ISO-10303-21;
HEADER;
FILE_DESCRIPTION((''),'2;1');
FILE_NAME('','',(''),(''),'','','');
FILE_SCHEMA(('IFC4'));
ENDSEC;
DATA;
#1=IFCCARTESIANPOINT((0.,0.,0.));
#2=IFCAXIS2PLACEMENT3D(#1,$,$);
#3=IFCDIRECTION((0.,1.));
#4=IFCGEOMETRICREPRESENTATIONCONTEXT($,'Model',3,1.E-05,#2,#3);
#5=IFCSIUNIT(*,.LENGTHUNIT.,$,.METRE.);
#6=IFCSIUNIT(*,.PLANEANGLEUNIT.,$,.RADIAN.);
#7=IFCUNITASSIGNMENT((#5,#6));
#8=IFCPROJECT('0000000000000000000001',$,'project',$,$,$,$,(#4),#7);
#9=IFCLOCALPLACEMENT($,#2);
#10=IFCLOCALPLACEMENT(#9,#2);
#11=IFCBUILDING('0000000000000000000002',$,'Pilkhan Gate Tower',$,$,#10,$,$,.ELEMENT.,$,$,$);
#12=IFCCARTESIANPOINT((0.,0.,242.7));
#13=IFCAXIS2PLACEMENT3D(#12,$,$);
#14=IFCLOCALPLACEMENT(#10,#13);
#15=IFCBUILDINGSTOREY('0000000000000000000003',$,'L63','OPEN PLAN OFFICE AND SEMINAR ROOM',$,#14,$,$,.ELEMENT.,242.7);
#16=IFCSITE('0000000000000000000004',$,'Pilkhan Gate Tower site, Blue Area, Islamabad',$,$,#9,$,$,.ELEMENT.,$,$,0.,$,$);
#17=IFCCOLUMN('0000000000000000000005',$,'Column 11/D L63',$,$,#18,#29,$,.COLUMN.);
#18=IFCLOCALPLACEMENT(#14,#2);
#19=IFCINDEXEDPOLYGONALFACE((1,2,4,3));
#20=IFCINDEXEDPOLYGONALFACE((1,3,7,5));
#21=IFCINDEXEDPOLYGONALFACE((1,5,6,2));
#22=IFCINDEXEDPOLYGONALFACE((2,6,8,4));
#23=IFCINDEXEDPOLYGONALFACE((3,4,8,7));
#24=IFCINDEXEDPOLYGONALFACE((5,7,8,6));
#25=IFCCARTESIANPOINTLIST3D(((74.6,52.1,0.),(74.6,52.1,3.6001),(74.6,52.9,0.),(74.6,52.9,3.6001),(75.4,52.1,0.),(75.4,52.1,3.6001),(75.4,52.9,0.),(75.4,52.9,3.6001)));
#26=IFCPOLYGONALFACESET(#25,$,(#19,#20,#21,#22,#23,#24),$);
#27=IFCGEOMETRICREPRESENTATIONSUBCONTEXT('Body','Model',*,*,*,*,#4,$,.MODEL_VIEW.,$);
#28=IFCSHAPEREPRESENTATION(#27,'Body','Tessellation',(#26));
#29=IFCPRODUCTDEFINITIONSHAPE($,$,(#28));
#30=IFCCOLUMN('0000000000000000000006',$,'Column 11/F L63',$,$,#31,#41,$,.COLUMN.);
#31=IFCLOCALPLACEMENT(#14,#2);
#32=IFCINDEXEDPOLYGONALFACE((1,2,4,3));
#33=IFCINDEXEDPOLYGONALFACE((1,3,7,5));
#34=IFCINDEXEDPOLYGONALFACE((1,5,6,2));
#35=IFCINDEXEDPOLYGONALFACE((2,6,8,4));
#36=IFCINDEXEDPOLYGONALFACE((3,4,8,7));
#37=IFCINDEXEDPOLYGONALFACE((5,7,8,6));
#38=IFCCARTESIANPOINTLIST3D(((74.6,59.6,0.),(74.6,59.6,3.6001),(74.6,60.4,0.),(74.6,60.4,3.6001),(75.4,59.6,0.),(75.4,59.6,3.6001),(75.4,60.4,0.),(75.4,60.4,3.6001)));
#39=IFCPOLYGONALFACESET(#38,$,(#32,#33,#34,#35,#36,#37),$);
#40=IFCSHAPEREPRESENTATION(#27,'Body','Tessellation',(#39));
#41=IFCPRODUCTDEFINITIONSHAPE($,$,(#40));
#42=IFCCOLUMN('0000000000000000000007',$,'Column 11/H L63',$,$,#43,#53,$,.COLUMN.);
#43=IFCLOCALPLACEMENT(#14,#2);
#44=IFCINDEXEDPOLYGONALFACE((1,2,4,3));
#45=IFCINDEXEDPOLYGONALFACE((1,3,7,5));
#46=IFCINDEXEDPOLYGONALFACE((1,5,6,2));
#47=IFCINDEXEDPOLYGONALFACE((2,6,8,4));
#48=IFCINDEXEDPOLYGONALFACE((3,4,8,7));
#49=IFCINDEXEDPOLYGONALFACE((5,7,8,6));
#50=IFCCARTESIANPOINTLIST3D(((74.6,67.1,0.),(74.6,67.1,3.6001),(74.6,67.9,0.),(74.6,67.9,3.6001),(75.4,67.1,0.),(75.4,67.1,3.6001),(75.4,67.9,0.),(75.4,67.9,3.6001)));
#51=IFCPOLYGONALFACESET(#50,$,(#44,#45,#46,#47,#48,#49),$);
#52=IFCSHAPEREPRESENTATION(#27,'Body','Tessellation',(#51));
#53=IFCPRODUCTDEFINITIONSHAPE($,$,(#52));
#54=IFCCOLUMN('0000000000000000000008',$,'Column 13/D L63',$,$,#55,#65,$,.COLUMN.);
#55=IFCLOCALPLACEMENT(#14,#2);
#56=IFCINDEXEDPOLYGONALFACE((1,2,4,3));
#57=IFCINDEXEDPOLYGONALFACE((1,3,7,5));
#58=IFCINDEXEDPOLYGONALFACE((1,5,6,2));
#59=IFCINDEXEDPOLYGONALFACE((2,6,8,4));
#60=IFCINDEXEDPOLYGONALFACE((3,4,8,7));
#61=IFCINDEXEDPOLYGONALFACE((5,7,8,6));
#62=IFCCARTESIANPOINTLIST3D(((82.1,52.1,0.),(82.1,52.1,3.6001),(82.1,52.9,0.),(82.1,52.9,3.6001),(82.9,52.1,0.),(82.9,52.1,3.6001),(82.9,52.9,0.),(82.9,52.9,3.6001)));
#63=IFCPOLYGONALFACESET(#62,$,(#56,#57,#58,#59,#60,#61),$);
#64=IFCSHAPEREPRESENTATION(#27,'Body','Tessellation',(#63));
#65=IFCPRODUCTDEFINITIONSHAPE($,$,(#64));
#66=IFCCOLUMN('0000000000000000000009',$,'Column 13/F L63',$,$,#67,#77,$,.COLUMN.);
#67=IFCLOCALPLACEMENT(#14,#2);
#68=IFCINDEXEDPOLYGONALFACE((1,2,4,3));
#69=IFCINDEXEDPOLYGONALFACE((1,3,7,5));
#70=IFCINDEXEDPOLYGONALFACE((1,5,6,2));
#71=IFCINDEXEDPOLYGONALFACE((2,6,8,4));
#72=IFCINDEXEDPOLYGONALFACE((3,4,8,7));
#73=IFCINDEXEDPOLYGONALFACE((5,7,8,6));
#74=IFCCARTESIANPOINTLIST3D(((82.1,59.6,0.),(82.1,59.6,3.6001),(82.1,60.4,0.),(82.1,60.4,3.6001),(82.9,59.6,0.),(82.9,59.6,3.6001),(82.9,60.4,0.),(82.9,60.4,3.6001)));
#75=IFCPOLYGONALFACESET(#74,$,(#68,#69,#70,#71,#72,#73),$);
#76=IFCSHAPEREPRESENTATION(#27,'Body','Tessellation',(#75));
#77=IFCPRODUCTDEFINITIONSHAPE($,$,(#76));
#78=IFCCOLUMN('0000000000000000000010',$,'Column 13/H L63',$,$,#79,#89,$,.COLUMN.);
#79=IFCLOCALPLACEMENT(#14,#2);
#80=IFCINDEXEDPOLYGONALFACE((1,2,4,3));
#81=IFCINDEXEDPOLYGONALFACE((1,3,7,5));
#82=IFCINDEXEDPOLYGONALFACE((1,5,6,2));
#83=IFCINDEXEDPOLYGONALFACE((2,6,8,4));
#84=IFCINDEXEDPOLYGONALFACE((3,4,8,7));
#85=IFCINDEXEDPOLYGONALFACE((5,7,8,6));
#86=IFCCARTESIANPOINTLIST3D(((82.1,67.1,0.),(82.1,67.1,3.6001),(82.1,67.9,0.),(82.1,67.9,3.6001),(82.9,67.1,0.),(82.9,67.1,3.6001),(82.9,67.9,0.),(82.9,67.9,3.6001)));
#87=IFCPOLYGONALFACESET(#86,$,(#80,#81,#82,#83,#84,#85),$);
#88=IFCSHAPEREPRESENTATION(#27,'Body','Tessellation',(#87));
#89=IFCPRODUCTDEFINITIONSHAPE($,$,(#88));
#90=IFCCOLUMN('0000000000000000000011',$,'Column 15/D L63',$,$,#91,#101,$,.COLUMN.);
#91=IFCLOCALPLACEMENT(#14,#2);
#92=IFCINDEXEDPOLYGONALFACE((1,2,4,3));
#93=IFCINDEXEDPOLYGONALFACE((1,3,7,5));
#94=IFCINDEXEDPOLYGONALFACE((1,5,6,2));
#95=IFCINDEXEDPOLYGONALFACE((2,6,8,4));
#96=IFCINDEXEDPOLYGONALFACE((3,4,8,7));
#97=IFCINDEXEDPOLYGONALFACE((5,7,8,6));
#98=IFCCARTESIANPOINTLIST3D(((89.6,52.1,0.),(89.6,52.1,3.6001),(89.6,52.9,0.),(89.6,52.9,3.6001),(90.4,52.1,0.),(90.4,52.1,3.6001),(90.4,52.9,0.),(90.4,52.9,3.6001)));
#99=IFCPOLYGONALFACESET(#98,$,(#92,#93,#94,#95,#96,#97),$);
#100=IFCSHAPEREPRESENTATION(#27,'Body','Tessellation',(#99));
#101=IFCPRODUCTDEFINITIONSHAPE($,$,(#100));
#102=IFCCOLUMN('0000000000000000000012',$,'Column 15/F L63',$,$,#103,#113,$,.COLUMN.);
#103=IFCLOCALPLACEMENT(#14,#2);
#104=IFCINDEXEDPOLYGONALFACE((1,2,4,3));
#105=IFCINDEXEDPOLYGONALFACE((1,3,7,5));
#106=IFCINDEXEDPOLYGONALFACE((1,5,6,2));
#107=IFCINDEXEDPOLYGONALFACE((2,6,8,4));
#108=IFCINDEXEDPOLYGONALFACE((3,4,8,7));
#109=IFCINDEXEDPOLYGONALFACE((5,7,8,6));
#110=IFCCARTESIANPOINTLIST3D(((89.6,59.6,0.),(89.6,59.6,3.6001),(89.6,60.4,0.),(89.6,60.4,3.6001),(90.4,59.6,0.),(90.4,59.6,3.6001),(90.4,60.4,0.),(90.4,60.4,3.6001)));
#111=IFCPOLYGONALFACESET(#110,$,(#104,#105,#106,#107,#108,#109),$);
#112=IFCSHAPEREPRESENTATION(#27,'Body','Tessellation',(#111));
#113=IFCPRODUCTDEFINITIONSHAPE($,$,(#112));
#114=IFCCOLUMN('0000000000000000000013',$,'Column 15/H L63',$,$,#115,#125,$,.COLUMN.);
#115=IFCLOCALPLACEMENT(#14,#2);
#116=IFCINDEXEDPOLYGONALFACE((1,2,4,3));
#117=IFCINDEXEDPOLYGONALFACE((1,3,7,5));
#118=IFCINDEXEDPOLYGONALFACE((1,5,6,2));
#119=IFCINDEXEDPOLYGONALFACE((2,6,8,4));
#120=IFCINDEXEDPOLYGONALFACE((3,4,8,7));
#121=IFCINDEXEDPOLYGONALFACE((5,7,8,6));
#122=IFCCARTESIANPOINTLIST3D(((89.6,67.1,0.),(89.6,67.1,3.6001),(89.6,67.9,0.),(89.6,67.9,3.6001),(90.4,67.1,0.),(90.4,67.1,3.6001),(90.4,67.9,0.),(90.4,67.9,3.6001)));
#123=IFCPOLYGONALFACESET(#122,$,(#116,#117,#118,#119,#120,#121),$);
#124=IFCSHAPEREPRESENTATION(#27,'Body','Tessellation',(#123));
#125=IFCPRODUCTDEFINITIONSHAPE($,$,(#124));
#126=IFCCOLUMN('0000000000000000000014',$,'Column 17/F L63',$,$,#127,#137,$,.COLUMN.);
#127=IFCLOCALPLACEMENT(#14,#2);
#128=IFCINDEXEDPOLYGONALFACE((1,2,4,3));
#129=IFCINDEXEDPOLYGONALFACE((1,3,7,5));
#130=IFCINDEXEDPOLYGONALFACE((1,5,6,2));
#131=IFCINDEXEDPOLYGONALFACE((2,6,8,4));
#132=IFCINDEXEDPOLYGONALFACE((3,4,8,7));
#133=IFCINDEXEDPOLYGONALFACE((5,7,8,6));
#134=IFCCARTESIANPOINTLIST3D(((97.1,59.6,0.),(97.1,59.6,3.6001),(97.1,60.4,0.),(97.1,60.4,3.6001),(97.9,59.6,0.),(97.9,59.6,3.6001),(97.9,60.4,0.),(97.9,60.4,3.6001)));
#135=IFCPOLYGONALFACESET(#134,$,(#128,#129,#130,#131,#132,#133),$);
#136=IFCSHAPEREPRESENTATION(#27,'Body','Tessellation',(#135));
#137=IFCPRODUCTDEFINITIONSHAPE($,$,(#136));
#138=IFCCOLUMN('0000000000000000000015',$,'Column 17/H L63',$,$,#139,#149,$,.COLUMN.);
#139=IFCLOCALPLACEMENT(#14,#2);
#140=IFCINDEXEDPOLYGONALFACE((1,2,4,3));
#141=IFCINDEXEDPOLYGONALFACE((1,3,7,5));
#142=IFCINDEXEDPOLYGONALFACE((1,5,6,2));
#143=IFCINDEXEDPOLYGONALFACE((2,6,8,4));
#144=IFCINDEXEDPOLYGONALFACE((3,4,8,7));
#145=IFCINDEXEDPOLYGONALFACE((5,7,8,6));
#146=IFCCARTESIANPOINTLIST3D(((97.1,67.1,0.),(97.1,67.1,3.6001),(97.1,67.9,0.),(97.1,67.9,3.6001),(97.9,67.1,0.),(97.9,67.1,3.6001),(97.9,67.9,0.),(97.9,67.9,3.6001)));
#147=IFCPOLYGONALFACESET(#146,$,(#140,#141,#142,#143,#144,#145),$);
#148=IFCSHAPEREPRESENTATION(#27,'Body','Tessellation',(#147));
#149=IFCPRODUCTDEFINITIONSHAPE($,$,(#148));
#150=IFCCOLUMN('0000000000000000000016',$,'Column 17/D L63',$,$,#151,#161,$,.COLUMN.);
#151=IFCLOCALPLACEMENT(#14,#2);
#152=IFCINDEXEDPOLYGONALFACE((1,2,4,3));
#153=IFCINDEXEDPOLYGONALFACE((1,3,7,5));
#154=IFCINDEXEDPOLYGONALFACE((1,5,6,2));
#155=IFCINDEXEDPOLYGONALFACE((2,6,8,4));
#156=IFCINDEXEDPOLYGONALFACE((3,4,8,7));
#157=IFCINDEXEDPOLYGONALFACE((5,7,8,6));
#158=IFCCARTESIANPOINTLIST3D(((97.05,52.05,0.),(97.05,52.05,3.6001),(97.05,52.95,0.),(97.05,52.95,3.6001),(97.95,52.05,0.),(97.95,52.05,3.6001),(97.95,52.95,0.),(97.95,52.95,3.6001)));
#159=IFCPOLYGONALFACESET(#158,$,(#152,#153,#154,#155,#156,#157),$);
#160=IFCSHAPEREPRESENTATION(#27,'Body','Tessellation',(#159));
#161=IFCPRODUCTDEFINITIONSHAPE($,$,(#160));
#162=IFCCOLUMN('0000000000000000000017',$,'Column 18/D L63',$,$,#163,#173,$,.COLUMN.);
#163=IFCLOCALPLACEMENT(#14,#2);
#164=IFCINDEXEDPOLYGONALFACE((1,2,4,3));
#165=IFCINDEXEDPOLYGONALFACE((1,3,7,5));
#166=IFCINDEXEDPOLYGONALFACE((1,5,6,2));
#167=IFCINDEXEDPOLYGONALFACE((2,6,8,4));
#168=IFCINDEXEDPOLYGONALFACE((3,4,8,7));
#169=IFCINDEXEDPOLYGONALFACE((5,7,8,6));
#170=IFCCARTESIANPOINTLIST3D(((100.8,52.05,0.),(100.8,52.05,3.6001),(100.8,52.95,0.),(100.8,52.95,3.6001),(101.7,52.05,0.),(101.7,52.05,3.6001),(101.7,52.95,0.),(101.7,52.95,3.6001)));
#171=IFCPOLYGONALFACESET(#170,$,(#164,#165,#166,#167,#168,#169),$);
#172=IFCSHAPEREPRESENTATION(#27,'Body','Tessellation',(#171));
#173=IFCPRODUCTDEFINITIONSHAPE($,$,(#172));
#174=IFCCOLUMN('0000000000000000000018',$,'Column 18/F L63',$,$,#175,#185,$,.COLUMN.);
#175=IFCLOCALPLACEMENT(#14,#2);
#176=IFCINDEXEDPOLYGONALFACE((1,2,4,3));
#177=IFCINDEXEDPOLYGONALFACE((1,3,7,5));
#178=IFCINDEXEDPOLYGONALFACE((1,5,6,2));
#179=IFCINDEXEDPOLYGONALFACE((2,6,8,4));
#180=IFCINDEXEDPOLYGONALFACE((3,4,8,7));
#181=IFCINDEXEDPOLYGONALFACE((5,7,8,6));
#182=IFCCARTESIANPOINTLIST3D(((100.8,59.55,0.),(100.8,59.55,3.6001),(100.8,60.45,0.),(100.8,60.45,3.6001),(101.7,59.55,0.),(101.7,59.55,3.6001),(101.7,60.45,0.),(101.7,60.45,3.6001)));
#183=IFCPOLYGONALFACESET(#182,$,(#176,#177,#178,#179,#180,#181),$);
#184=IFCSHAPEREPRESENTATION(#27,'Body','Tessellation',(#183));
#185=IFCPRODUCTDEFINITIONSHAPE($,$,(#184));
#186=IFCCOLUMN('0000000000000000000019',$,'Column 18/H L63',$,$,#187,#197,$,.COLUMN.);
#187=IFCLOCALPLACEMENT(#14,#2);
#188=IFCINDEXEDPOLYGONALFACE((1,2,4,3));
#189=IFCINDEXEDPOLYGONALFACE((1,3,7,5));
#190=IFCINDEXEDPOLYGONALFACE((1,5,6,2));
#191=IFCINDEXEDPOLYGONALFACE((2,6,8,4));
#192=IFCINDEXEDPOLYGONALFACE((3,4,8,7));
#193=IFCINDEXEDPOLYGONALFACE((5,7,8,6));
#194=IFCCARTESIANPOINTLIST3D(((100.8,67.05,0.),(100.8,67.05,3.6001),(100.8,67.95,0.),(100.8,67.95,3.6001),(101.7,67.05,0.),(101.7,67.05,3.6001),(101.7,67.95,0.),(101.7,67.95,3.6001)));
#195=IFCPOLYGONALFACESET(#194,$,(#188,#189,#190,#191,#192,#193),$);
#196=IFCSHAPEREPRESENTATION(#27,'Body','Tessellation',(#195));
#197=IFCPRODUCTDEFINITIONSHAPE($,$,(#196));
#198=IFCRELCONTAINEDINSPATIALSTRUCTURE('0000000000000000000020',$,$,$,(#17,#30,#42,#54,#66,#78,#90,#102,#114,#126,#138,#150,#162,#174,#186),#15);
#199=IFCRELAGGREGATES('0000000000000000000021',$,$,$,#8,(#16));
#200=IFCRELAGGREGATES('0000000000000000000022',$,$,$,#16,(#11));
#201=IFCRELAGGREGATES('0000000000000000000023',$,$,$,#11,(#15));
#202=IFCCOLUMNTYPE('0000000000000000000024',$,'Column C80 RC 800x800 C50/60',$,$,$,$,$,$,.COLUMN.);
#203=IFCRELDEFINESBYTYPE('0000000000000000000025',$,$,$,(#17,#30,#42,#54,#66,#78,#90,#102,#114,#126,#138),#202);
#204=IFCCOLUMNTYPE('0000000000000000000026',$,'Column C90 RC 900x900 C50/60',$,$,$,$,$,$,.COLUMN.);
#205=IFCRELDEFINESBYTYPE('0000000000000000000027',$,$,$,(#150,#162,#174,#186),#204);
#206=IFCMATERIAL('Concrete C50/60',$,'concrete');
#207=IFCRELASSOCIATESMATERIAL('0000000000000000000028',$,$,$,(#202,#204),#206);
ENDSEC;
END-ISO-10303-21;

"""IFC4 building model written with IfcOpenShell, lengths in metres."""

from ifc_helpers import new_model, si_unit, direction, frame, origin, origin_2d, place, context, subcontext, project, spatial, rectangle, extrude, material, material_profile, profile_set, type_object, element, save


model = new_model("IFC4")

# Units and contexts
model_context = context("Model", 3, precision=1e-05, world=origin(), true_north=direction((0.0, 1.0)))
body_context = subcontext(model_context, "Body", "Model", "MODEL_VIEW")
ifc_project = project(units=[si_unit("LENGTHUNIT", "METRE"), si_unit("PLANEANGLEUNIT", "RADIAN")], contexts=[model_context])

# Site, building, storey
site_placement = place(None, origin())
site = spatial("IfcSite", under=ifc_project, at=site_placement, Name="Pilkhan Gate Tower site, Blue Area, Islamabad", CompositionType="ELEMENT", RefElevation=0.0)
building_placement = place(site_placement, origin())
building = spatial("IfcBuilding", under=site, at=building_placement, Name="Pilkhan Gate Tower", CompositionType="ELEMENT")
storey_placement = place(building_placement, frame((0.0, 0.0, 242.7)))
storey = spatial("IfcBuildingStorey", under=building, at=storey_placement, Name="L63", Description="OPEN PLAN OFFICE AND SEMINAR ROOM", CompositionType="ELEMENT", Elevation=242.7)

# Columns
ifc_material_1 = material(Name="Concrete C50/60", Category="concrete")
ifc_material_profile_1 = material_profile(ifc_material_1, rectangle(XDim=0.8, YDim=0.8, at=origin_2d()), Name="RC 800x800")
ifc_profile_set_1 = profile_set([ifc_material_profile_1], Name="Concrete C50/60")
column_type_1 = type_object("IfcColumnType", Name="Column C80 RC 800x800 C50/60", PredefinedType="COLUMN", material=ifc_profile_set_1)
for number, where, z_axis, x_axis, name in (
    (1, (75.0, 52.5, 0.0), (0.0, 0.0, 1.0), (1.0, 0.0, 0.0), "Column 11/D L63"),
    (2, (75.0, 60.0, 0.0), (0.0, 0.0, 1.0), (1.0, 0.0, 0.0), "Column 11/F L63"),
    (3, (75.0, 67.5, 0.0), (0.0, 0.0, 1.0), (1.0, 0.0, 0.0), "Column 11/H L63"),
    (4, (82.5, 52.5, 0.0), (0.0, 0.0, 1.0), (1.0, 0.0, 0.0), "Column 13/D L63"),
    (5, (82.5, 60.0, 0.0), (0.0, 0.0, 1.0), (1.0, 0.0, 0.0), "Column 13/F L63"),
    (6, (82.5, 67.5, 0.0), (0.0, 0.0, 1.0), (1.0, 0.0, 0.0), "Column 13/H L63"),
    (7, (90.0, 52.5, 0.0), (0.0, 0.0, 1.0), (1.0, 0.0, 0.0), "Column 15/D L63"),
    (8, (90.0, 60.0, 0.0), (0.0, 0.0, 1.0), (1.0, 0.0, 0.0), "Column 15/F L63"),
    (9, (90.0, 67.5, 0.0), (0.0, 0.0, 1.0), (1.0, 0.0, 0.0), "Column 15/H L63"),
    (10, (97.5, 60.0, 0.0), (0.0, 0.0, 1.0), (1.0, 0.0, 0.0), "Column 17/F L63"),
    (11, (97.5, 67.5, 0.0), (0.0, 0.0, 1.0), (1.0, 0.0, 0.0), "Column 17/H L63"),
):
    element("IfcColumn", number, at=place(storey_placement, frame(where, z_axis=z_axis, x_axis=x_axis)), inside=storey, type_object=column_type_1, Name=name, PredefinedType="COLUMN", context=body_context, shape_type="SweptSolid", body=[
        extrude(rectangle(XDim=0.8, YDim=0.8, at=origin_2d()), origin(), (0.0, 0.0, 1.0), 3.6001),
    ])
ifc_material_profile_2 = material_profile(ifc_material_1, rectangle(XDim=0.8999, YDim=0.8999, at=origin_2d()), Name="RC 900x900")
ifc_profile_set_2 = profile_set([ifc_material_profile_2], Name="Concrete C50/60")
column_type_2 = type_object("IfcColumnType", Name="Column C90 RC 900x900 C50/60", PredefinedType="COLUMN", material=ifc_profile_set_2)
for number, where, z_axis, x_axis, name in (
    (12, (97.5, 52.5, 0.0), (0.0, 0.0, 1.0), (1.0, 0.0, 0.0), "Column 17/D L63"),
    (13, (101.25, 52.5, 0.0), (0.0, 0.0, 1.0), (1.0, 0.0, 0.0), "Column 18/D L63"),
    (14, (101.25, 60.0, 0.0), (0.0, 0.0, 1.0), (1.0, 0.0, 0.0), "Column 18/F L63"),
    (15, (101.25, 67.5, 0.0), (0.0, 0.0, 1.0), (1.0, 0.0, 0.0), "Column 18/H L63"),
):
    element("IfcColumn", number, at=place(storey_placement, frame(where, z_axis=z_axis, x_axis=x_axis)), inside=storey, type_object=column_type_2, Name=name, PredefinedType="COLUMN", context=body_context, shape_type="SweptSolid", body=[
        extrude(rectangle(XDim=0.8999, YDim=0.8999, at=origin_2d()), origin(), (0.0, 0.0, 1.0), 3.6001),
    ])

save(model, "model.ifc")
